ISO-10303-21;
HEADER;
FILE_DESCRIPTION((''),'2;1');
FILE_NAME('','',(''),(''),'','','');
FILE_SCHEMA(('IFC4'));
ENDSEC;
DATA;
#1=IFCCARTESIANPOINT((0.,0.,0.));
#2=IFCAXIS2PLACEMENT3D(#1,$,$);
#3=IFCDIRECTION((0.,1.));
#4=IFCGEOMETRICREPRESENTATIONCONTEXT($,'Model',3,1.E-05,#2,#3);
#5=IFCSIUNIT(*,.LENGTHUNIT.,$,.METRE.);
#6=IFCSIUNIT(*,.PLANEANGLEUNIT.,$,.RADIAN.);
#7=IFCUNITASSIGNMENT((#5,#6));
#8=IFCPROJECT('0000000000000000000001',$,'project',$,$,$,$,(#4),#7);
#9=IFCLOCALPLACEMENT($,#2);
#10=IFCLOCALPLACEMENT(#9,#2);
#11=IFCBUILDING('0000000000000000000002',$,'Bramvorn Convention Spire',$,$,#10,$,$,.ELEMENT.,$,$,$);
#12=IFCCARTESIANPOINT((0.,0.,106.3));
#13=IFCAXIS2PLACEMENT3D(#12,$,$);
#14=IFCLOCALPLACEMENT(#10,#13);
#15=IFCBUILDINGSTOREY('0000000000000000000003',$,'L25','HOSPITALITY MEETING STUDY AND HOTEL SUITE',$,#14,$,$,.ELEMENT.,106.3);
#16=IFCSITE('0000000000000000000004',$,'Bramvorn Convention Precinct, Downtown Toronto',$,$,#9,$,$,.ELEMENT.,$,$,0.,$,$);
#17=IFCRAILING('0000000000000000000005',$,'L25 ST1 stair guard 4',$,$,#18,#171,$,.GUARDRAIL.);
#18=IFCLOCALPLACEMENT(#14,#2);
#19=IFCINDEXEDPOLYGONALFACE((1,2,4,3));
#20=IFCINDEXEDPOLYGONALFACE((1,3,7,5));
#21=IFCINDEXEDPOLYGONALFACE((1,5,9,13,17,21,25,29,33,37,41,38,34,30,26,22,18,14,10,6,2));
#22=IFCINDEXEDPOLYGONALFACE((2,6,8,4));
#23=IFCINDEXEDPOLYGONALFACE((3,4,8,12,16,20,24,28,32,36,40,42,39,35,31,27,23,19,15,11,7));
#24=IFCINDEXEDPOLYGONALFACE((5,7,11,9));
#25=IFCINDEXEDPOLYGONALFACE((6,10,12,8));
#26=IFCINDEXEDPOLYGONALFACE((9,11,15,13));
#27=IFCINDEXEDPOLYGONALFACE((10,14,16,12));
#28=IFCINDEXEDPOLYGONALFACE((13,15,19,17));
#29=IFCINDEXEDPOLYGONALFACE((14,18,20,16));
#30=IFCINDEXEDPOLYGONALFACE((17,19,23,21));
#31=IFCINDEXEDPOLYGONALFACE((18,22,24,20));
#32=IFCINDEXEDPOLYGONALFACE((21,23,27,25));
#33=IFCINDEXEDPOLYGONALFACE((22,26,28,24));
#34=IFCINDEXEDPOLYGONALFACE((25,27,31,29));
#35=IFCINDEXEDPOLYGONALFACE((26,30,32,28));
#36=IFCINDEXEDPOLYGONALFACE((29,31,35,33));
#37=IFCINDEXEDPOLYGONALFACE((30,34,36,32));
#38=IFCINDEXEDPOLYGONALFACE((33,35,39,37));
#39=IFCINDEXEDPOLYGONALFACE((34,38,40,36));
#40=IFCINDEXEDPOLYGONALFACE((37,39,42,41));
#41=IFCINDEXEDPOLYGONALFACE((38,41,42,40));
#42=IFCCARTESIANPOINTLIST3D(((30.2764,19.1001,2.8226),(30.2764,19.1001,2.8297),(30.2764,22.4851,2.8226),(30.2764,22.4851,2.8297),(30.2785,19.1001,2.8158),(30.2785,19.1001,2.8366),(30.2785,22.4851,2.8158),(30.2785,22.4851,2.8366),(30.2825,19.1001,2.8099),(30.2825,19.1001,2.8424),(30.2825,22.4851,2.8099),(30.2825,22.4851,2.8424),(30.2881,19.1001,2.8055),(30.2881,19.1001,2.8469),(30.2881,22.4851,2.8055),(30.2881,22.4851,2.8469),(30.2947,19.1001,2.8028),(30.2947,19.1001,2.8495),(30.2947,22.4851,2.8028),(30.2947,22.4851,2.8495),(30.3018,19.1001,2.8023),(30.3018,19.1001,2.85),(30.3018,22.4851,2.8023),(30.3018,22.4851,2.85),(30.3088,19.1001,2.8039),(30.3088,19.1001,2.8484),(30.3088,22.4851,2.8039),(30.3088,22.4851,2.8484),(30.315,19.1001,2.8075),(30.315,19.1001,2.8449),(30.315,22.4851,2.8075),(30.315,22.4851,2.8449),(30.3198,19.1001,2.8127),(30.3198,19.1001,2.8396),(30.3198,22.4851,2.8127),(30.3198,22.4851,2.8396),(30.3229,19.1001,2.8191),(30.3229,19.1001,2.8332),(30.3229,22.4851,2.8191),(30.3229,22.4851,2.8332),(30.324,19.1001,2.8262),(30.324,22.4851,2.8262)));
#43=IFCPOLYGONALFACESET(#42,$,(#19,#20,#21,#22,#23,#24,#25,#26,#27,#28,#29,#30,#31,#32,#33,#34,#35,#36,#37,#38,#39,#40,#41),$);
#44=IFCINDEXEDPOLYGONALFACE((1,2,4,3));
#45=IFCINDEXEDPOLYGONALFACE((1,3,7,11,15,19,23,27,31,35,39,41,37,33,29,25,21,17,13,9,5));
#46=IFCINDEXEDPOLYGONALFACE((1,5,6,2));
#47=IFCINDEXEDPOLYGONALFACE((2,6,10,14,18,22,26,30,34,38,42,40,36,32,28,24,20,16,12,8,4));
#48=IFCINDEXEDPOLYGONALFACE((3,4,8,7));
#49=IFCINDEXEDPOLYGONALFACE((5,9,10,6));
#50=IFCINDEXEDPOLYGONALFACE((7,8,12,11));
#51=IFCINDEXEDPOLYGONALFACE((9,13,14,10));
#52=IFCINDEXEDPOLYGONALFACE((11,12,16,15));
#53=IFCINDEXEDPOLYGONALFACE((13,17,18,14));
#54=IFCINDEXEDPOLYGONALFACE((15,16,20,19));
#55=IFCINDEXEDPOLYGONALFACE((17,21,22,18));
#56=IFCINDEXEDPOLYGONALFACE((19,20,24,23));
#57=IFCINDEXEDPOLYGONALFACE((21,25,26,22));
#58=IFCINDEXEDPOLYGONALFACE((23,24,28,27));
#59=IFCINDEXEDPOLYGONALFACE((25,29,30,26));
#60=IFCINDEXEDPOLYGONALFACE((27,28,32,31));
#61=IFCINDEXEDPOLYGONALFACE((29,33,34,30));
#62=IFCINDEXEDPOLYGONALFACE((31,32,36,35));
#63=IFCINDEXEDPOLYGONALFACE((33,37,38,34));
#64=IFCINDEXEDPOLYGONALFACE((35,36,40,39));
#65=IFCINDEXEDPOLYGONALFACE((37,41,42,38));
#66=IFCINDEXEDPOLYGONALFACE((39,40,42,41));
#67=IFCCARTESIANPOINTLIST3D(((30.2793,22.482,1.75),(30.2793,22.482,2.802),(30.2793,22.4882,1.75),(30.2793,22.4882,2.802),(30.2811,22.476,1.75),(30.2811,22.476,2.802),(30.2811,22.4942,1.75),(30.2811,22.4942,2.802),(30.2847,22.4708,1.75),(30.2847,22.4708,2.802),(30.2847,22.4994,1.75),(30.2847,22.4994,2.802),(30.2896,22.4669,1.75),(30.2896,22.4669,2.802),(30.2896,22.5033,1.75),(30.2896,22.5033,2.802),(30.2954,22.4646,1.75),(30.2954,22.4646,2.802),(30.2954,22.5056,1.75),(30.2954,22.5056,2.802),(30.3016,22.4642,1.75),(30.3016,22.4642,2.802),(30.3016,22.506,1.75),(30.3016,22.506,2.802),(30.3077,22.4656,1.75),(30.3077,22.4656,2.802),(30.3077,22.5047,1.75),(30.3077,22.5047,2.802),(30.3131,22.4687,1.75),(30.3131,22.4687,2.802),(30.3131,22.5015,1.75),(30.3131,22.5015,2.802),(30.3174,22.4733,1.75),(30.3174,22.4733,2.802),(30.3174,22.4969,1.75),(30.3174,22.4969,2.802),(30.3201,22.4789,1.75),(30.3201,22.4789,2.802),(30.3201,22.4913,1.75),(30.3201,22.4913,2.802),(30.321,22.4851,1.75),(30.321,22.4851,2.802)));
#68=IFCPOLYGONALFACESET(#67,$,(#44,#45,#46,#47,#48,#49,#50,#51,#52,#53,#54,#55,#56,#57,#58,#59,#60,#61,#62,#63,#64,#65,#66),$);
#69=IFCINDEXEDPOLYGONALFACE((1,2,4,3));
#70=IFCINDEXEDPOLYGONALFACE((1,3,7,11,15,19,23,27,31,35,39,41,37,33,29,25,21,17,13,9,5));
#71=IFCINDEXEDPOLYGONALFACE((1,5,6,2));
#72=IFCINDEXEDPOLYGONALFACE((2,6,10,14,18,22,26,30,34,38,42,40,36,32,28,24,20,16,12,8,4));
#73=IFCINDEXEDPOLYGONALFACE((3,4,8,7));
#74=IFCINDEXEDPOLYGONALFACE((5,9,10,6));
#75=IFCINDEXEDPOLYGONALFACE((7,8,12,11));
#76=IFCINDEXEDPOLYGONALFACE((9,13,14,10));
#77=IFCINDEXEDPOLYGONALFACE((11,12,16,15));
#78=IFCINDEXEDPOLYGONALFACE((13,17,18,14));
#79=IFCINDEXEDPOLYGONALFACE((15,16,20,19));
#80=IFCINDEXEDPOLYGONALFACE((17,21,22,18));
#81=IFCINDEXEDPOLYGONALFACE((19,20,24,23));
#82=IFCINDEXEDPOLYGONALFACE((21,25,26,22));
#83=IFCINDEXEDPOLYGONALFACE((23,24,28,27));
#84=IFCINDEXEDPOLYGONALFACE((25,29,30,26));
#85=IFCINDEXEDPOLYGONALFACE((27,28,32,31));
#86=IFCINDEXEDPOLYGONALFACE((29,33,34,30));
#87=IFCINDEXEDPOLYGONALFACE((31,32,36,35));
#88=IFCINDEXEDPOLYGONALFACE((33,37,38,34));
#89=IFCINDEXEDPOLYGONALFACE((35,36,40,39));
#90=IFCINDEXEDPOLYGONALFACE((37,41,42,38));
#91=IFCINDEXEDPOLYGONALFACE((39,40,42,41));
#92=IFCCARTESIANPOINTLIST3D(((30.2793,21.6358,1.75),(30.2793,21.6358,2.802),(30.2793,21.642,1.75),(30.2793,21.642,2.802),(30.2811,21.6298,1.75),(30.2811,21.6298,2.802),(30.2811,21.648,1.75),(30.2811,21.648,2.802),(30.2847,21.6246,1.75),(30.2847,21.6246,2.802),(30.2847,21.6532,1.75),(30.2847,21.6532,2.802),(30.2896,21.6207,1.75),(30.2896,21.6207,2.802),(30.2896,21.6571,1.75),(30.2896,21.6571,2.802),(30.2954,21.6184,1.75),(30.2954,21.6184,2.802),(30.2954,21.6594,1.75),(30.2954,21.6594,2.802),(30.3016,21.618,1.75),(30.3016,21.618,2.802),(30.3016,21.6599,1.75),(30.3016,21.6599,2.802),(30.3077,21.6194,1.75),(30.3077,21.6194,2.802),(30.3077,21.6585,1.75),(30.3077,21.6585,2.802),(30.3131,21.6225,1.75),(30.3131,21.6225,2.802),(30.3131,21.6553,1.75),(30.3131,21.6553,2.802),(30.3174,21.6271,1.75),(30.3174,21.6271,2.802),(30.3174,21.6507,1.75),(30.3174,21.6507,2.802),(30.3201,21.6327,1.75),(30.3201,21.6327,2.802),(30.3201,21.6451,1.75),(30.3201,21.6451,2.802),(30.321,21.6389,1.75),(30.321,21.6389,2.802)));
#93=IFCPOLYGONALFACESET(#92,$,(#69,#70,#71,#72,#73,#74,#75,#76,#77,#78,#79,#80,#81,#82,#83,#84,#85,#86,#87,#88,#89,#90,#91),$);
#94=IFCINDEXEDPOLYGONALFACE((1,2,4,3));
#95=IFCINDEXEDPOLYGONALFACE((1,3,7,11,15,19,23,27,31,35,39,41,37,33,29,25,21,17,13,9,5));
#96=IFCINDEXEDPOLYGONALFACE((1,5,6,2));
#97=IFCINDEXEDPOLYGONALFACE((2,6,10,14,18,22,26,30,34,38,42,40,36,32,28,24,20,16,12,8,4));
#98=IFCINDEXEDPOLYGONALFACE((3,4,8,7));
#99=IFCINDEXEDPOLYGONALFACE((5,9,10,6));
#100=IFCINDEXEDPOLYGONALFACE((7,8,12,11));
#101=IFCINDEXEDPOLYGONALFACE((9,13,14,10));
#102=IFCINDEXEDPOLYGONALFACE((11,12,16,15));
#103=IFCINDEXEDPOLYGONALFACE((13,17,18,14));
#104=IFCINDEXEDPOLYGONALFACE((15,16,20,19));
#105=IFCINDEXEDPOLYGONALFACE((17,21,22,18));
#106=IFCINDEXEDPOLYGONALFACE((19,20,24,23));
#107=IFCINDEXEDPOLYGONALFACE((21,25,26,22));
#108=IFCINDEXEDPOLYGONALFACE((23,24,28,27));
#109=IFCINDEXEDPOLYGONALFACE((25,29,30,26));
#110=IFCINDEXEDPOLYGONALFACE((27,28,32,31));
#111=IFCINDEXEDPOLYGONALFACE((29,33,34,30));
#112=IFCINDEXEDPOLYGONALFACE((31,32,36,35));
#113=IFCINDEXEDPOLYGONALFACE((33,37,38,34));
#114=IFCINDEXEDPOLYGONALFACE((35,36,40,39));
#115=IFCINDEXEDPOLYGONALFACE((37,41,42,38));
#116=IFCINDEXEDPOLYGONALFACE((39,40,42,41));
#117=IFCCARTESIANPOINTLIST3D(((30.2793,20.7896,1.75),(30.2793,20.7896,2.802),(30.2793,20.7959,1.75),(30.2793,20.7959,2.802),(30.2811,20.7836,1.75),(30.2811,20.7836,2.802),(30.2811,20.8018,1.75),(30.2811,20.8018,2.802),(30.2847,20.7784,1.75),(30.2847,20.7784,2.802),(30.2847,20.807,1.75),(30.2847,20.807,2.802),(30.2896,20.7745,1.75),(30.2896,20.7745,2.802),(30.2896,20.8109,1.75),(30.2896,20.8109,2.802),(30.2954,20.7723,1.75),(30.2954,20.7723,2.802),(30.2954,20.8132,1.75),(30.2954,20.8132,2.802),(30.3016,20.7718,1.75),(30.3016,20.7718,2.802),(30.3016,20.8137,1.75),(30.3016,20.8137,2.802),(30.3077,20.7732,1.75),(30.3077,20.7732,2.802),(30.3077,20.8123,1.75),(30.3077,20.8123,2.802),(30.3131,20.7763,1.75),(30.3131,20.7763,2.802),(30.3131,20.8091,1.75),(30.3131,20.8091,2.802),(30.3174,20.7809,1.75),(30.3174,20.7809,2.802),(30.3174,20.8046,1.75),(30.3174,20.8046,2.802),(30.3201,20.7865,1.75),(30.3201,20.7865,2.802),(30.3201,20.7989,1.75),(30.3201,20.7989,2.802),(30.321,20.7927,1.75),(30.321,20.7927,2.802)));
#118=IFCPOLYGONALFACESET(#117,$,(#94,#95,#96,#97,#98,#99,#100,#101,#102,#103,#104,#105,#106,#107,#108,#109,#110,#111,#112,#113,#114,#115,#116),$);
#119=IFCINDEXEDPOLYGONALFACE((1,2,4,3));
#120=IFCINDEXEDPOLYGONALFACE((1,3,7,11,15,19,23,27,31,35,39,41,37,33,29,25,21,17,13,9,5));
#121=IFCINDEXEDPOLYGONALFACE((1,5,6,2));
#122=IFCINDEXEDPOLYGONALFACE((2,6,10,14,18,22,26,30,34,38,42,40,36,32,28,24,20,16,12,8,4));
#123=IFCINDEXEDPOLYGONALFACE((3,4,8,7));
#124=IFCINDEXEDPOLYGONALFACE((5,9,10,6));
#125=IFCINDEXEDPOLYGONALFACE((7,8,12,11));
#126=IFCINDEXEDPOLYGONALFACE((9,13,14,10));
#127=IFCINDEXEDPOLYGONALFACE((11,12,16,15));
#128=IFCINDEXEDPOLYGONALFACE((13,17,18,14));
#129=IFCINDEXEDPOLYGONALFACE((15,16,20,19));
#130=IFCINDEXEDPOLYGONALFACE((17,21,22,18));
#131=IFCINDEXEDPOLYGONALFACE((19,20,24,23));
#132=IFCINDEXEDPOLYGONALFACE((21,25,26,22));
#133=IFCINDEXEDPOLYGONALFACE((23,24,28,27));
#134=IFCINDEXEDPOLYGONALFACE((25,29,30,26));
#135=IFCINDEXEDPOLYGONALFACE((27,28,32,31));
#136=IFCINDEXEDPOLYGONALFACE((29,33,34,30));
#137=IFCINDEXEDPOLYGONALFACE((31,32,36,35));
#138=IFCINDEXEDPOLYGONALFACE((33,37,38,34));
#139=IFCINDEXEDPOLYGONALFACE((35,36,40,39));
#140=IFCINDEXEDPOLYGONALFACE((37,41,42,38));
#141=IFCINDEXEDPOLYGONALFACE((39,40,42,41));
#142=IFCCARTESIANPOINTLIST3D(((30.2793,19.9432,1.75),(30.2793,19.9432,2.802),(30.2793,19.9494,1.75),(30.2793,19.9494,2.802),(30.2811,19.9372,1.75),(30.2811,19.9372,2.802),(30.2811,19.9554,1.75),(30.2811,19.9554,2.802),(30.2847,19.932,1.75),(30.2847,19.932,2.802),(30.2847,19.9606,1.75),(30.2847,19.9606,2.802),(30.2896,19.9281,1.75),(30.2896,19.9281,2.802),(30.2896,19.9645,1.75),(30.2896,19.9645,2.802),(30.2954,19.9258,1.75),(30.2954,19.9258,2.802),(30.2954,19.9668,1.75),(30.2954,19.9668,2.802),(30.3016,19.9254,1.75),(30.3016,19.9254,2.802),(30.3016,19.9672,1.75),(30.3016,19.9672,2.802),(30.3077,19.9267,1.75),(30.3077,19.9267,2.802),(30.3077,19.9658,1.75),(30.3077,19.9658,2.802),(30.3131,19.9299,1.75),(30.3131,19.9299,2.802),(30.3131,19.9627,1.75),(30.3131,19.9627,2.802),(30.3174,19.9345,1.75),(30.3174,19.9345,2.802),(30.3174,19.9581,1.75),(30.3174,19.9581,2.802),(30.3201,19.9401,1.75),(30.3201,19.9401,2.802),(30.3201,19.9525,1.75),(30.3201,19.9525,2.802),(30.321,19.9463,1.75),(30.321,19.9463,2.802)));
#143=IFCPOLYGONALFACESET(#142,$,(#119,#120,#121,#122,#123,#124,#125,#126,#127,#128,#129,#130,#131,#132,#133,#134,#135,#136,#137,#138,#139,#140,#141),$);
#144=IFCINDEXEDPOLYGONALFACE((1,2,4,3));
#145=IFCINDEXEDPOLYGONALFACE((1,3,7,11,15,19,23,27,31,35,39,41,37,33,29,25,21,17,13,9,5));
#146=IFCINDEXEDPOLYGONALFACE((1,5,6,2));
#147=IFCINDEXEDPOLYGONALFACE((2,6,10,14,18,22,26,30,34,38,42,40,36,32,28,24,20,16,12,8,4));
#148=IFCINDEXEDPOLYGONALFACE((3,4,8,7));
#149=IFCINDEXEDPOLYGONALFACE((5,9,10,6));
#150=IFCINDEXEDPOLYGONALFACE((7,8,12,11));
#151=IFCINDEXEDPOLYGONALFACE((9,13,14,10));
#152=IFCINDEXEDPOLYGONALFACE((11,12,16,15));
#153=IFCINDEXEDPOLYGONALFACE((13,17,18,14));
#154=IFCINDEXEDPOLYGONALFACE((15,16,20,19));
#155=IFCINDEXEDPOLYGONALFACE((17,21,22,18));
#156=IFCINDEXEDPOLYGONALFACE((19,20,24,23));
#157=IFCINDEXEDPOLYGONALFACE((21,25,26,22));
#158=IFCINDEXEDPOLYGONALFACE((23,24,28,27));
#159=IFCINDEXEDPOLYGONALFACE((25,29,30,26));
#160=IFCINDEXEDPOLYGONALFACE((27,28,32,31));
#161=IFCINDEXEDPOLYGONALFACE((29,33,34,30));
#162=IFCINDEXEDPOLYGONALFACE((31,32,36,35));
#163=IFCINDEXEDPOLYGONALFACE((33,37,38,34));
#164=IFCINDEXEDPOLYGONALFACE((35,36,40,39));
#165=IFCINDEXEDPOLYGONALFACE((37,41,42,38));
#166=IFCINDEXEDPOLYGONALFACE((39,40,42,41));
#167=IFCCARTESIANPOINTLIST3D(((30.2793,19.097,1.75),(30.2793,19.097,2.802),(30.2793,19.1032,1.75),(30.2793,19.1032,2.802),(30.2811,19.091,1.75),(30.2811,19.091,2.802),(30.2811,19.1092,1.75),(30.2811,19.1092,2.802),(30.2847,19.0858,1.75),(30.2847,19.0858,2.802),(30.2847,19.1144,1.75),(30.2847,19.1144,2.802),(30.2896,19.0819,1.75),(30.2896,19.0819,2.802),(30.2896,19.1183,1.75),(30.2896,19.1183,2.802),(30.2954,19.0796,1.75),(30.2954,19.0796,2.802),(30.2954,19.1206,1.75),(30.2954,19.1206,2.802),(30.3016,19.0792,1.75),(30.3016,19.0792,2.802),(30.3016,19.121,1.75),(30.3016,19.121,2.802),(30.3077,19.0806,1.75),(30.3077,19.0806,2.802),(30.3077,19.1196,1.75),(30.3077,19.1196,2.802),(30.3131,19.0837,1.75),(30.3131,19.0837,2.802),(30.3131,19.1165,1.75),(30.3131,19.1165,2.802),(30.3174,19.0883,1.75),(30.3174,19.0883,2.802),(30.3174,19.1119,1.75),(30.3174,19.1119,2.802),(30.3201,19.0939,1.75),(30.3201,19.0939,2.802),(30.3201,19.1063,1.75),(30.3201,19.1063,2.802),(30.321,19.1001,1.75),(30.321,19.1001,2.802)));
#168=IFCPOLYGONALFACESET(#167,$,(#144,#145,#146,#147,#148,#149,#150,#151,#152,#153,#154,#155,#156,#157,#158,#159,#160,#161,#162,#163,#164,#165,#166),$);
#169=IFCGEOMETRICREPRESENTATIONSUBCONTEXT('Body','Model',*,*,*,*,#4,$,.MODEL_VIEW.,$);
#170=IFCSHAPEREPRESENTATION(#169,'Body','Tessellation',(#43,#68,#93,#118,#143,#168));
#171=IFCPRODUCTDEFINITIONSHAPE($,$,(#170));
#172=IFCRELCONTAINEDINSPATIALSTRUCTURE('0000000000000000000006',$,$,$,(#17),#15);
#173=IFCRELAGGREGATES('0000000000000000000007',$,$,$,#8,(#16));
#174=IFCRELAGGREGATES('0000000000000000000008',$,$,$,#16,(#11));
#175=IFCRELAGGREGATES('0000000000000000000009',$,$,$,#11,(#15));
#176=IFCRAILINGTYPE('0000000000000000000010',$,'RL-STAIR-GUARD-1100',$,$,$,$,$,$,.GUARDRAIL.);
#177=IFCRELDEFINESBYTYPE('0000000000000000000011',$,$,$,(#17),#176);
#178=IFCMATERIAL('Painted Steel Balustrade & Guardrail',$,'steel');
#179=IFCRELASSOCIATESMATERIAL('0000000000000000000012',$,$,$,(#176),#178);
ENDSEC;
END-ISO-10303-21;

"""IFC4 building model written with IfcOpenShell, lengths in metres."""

from ifc_helpers import new_model, si_unit, direction, frame, origin, origin_2d, place, context, subcontext, project, spatial, circle, extrude, material, type_object, element, save


model = new_model("IFC4")

# Units and contexts
model_context = context("Model", 3, precision=1e-05, world=origin(), true_north=direction((0.0, 1.0)))
body_context = subcontext(model_context, "Body", "Model", "MODEL_VIEW")
ifc_project = project(units=[si_unit("LENGTHUNIT", "METRE"), si_unit("PLANEANGLEUNIT", "RADIAN")], contexts=[model_context])

# Site, building, storey
site_placement = place(None, origin())
site = spatial("IfcSite", under=ifc_project, at=site_placement, Name="Bramvorn Convention Precinct, Downtown Toronto", CompositionType="ELEMENT", RefElevation=0.0)
building_placement = place(site_placement, origin())
building = spatial("IfcBuilding", under=site, at=building_placement, Name="Bramvorn Convention Spire", CompositionType="ELEMENT")
storey_placement = place(building_placement, frame((0.0, 0.0, 106.3)))
storey = spatial("IfcBuildingStorey", under=building, at=storey_placement, Name="L25", Description="HOSPITALITY MEETING STUDY AND HOTEL SUITE", CompositionType="ELEMENT", Elevation=106.3)

# Railing
ifc_material_1 = material(Name="Painted Steel Balustrade & Guardrail", Category="steel")
railing_type_1 = type_object("IfcRailingType", Name="RL-STAIR-GUARD-1100", PredefinedType="GUARDRAIL", material=ifc_material_1)
for number, where, name in (
    (1, (30.3, 22.4851, 1.75), "L25 ST1 stair guard 4"),
):
    element("IfcRailing", number, at=place(storey_placement, frame(where)), inside=storey, type_object=railing_type_1, Name=name, PredefinedType="GUARDRAIL", context=body_context, shape_type="SweptSolid", body=[
        extrude(circle(Radius=0.0239, at=origin_2d()), frame((0.0, 0.0, 1.0762), z_axis=(0.0, -1.0, 0.0), x_axis=(1.0, 0.0, 0.0)), (0.0, 0.0, 1.0), 3.385),
        extrude(circle(Radius=0.021, at=origin_2d()), origin(), (0.0, 0.0, 1.0), 1.052),
        extrude(circle(Radius=0.021, at=origin_2d()), frame((0.0, -0.8462, 0.0)), (0.0, 0.0, 1.0), 1.052),
        extrude(circle(Radius=0.021, at=origin_2d()), frame((0.0, -1.6924, 0.0)), (0.0, 0.0, 1.0), 1.052),
        extrude(circle(Radius=0.021, at=origin_2d()), frame((0.0, -2.5388, 0.0)), (0.0, 0.0, 1.0), 1.052),
        extrude(circle(Radius=0.021, at=origin_2d()), frame((0.0, -3.385, 0.0)), (0.0, 0.0, 1.0), 1.052),
    ])

save(model, "model.ifc")
